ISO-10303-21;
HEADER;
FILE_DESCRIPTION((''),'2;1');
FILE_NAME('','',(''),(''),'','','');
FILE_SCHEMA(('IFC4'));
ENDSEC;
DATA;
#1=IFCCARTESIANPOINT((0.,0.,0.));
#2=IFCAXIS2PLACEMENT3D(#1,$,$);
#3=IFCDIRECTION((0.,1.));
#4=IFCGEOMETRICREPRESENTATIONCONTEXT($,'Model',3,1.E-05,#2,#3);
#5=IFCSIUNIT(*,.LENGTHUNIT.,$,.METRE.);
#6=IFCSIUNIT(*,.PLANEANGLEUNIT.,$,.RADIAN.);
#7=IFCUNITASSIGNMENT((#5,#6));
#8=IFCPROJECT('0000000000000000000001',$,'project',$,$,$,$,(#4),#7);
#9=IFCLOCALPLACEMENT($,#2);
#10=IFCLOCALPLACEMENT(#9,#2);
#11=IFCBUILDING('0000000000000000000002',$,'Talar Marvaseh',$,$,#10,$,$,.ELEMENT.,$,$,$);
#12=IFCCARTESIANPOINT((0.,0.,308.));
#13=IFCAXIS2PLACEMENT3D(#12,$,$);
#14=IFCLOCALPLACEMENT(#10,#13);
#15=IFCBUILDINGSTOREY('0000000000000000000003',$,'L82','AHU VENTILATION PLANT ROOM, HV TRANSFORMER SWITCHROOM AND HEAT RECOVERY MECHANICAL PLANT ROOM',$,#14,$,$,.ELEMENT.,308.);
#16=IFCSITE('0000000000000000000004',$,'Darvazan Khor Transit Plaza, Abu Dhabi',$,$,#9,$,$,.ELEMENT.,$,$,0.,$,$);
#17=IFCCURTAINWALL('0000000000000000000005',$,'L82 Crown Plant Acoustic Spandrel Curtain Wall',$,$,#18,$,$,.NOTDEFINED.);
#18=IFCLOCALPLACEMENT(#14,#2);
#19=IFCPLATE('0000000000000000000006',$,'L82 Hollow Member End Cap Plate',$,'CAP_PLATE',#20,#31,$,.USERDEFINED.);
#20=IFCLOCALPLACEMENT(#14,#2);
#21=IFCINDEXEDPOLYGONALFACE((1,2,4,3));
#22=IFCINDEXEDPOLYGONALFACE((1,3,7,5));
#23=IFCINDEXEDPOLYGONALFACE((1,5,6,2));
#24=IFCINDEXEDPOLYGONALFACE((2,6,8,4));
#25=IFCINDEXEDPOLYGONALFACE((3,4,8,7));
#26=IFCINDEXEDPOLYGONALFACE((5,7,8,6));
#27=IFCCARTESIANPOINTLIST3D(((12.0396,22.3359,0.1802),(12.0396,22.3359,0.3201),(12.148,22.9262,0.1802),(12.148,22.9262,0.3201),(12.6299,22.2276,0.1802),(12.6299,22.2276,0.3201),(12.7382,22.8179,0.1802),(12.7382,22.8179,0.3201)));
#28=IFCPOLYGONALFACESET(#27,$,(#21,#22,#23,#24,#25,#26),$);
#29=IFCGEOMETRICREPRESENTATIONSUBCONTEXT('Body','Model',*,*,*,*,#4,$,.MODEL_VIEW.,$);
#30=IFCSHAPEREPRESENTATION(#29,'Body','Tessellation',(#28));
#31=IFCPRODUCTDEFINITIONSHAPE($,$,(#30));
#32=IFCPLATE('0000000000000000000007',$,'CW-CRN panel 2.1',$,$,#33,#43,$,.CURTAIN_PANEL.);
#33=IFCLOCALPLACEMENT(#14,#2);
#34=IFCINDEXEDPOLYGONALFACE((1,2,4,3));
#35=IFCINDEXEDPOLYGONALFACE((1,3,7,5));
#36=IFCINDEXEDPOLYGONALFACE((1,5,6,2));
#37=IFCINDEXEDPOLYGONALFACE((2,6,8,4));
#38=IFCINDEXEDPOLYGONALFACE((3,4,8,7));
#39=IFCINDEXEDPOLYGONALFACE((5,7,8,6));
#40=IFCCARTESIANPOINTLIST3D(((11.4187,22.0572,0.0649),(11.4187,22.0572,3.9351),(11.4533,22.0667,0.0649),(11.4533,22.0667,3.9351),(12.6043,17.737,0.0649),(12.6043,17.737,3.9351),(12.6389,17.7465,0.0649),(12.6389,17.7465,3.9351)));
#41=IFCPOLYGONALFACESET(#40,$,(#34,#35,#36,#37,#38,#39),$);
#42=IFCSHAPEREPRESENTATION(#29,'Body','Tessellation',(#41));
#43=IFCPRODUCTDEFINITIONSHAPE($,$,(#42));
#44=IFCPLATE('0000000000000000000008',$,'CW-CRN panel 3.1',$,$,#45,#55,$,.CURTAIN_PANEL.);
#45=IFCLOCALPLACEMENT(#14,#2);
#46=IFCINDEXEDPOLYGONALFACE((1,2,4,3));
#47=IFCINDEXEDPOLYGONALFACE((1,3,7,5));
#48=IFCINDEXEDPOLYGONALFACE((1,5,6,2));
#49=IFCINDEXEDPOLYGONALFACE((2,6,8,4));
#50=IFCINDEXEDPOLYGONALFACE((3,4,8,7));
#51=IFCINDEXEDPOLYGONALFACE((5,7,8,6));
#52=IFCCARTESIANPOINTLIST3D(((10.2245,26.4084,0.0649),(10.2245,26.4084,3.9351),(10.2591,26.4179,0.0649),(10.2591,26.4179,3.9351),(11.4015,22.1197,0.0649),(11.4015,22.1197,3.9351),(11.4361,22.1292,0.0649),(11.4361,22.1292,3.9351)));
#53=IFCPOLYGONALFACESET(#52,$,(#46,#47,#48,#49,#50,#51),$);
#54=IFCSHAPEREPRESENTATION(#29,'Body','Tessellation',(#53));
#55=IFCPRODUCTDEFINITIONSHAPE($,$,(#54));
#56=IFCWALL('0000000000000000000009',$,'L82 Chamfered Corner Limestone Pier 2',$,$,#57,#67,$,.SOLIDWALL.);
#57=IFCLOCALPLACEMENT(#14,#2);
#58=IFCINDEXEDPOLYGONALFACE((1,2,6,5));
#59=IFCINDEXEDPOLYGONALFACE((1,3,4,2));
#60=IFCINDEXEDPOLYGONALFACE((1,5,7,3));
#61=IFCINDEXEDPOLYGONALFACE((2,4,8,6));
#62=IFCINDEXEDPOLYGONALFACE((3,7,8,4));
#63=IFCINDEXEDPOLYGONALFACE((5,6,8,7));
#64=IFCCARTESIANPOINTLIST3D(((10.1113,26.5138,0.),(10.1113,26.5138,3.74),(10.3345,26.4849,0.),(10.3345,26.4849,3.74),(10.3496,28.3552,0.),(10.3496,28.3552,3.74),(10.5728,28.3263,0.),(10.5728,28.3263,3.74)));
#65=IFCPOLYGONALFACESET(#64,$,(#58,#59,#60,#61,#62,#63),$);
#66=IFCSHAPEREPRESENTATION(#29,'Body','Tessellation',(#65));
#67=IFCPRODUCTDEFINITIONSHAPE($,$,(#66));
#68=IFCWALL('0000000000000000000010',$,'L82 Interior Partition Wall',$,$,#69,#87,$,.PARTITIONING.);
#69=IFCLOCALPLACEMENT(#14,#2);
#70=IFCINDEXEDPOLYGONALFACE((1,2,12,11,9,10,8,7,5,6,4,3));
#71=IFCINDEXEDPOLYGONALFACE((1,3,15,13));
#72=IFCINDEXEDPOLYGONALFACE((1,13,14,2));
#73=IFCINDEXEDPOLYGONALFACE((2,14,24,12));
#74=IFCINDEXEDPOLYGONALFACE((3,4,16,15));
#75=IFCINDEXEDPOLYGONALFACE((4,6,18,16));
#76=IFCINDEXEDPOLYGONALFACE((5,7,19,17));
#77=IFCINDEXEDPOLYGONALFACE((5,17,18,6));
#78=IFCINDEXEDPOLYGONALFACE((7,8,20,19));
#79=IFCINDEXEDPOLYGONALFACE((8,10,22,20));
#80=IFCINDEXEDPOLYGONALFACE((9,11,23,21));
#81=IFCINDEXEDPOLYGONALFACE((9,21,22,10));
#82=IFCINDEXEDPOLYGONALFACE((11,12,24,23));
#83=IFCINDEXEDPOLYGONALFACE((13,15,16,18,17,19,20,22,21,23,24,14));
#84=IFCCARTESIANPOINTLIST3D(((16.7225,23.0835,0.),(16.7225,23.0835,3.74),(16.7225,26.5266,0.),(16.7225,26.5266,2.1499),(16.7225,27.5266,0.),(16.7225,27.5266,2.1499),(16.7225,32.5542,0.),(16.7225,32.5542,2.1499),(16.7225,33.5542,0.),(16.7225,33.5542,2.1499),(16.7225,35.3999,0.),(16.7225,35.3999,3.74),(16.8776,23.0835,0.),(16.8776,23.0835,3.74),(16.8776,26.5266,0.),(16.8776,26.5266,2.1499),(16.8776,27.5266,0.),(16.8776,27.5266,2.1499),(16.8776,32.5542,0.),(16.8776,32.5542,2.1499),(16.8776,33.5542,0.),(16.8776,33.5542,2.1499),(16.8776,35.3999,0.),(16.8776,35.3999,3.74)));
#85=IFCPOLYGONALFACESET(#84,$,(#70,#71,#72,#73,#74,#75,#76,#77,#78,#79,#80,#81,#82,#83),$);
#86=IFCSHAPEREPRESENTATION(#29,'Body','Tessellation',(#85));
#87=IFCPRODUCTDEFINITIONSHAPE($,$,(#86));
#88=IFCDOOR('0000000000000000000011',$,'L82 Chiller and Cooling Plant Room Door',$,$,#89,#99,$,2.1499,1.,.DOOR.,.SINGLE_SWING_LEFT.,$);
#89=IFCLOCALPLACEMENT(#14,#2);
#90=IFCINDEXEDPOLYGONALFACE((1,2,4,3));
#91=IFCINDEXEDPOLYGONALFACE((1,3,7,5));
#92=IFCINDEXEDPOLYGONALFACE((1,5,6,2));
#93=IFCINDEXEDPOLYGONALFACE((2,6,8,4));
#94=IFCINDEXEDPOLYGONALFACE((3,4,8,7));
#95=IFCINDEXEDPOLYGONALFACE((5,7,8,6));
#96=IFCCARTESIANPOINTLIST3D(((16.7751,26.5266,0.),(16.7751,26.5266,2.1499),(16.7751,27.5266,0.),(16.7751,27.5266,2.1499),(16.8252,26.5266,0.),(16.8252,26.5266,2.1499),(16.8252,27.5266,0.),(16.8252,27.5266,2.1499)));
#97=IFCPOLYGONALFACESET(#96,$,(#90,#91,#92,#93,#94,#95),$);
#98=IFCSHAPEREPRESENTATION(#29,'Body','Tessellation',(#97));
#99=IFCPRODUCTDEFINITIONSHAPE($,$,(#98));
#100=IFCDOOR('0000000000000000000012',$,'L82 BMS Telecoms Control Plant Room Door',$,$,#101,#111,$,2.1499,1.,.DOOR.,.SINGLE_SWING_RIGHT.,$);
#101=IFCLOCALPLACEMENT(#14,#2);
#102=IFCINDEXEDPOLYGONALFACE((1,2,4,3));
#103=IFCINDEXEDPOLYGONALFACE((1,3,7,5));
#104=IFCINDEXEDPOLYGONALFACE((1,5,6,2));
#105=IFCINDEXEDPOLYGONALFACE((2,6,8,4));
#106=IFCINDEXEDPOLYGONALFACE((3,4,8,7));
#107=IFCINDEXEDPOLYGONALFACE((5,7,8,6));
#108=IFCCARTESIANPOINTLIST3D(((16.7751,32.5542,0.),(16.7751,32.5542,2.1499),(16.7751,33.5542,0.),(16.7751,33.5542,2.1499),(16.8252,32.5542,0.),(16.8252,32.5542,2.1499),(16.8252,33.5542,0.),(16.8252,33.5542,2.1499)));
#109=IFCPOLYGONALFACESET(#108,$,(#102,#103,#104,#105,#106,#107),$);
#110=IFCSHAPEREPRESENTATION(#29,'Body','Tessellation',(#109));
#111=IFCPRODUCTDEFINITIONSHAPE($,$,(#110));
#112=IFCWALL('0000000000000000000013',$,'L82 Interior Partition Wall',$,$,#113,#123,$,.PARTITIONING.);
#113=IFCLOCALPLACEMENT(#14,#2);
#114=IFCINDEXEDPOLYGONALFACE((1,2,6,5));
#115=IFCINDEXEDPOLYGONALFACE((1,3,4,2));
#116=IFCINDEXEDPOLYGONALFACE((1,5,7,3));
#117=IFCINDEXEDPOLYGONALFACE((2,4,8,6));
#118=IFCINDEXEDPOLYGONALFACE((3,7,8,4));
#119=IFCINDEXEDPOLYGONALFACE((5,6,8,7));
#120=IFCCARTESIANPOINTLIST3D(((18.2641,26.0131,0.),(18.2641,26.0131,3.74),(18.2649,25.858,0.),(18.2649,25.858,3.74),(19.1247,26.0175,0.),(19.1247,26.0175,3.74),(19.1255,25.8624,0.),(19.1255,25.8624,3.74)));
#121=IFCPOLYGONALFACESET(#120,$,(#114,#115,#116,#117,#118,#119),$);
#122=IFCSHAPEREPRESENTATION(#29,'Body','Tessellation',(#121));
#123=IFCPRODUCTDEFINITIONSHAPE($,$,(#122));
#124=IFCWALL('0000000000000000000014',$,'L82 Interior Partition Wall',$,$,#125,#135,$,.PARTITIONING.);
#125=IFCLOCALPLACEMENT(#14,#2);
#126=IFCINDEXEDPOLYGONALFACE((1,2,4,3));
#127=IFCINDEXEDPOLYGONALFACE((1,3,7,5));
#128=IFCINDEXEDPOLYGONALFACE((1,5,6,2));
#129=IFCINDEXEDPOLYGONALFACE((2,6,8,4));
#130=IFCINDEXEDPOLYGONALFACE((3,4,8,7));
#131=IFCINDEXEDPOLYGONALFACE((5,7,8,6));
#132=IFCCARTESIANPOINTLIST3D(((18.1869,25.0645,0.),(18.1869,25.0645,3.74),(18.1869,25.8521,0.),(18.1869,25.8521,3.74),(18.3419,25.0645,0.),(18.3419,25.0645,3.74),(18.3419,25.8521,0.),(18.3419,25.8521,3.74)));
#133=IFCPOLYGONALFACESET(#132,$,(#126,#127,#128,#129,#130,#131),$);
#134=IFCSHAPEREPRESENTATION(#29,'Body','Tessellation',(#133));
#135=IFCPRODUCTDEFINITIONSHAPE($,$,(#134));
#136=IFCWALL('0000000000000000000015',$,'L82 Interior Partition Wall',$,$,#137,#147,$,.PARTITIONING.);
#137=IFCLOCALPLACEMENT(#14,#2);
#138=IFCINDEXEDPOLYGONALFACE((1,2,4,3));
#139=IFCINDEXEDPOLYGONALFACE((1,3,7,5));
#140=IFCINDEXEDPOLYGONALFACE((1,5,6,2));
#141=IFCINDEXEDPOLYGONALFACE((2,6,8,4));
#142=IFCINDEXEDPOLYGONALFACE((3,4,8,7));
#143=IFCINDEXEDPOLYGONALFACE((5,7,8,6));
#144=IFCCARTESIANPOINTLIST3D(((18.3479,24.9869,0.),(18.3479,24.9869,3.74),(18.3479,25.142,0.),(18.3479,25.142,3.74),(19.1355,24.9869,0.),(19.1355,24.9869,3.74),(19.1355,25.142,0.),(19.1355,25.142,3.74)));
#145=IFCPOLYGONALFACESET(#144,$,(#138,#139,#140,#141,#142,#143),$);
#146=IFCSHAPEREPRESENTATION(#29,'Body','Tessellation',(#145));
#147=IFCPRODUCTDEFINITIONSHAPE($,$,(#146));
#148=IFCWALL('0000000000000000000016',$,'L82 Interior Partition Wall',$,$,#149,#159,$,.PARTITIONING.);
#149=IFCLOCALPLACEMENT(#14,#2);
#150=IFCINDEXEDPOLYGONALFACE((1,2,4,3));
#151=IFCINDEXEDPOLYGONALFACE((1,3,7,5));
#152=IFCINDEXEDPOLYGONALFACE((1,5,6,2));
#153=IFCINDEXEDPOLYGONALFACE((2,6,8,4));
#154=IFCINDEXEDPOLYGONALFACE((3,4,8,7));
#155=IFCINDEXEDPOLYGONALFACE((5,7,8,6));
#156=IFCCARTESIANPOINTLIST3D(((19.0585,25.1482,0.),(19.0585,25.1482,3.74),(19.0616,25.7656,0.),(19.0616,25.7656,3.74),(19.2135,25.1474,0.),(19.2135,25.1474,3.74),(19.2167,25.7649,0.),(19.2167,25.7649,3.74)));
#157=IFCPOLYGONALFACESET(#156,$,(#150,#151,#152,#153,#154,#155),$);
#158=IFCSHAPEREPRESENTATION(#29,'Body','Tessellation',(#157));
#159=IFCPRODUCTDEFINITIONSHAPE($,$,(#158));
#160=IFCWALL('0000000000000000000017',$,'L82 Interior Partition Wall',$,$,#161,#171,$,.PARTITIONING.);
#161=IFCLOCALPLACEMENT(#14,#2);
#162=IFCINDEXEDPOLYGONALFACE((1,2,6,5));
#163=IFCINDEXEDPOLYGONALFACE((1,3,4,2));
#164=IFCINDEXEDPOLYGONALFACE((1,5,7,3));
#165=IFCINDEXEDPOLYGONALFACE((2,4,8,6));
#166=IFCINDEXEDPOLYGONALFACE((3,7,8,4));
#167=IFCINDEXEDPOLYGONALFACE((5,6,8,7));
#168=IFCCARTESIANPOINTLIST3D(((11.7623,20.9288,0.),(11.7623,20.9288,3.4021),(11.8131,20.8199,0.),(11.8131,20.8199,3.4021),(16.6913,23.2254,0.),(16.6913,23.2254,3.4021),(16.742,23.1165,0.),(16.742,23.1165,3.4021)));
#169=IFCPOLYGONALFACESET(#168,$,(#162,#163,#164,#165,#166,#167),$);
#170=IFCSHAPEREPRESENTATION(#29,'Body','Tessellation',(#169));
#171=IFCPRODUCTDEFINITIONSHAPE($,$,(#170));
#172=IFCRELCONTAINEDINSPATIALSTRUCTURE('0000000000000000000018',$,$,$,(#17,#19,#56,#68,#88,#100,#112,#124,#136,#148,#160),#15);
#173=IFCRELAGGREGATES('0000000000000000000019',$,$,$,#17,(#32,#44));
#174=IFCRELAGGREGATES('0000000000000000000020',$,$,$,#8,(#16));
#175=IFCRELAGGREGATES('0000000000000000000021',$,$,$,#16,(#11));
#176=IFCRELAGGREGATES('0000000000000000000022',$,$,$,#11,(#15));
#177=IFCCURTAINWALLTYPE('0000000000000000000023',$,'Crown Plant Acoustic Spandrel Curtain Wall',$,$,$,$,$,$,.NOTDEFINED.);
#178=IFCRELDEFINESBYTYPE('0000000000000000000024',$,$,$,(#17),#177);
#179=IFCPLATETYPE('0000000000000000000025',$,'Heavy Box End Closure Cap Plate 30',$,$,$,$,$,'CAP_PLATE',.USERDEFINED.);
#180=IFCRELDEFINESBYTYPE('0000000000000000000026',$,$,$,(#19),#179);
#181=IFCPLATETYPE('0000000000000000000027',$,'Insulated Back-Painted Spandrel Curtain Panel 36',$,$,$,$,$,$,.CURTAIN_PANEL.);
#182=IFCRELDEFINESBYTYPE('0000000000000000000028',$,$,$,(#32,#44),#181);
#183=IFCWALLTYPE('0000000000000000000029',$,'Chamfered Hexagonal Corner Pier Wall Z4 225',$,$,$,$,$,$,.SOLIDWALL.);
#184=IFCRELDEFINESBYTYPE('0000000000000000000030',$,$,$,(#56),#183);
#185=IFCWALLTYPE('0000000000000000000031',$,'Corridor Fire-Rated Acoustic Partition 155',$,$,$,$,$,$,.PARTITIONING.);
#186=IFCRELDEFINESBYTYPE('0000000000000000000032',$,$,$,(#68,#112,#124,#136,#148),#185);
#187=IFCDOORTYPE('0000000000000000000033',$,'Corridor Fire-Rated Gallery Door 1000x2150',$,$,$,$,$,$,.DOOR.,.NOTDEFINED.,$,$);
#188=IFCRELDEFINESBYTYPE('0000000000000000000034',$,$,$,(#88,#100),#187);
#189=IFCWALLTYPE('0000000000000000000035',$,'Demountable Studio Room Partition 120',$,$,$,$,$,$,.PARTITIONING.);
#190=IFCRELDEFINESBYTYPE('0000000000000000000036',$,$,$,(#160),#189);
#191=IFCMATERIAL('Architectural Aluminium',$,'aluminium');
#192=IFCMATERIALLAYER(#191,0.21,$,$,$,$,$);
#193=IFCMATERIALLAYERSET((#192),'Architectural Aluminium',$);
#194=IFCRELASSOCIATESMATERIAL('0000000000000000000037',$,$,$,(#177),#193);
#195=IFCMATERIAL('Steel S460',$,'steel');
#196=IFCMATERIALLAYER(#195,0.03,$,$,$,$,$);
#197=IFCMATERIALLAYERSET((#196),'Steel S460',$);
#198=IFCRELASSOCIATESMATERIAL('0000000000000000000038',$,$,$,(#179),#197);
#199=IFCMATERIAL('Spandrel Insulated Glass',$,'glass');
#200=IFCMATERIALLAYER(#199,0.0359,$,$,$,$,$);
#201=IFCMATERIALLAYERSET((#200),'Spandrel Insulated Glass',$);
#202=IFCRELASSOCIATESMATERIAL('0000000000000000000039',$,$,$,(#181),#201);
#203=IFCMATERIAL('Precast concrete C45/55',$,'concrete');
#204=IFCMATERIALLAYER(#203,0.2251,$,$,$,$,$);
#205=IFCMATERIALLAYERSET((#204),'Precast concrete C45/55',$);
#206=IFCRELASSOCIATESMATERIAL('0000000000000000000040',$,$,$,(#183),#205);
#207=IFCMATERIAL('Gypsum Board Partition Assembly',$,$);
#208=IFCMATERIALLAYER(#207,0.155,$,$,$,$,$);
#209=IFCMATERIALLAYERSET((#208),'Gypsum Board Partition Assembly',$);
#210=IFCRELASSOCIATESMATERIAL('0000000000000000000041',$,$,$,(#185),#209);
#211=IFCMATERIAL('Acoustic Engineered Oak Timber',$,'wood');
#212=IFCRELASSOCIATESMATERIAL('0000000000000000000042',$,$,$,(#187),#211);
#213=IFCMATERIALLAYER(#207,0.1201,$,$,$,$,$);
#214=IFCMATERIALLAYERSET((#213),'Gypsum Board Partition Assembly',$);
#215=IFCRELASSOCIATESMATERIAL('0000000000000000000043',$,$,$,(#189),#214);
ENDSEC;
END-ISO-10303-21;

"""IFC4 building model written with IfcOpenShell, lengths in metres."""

from ifc_helpers import new_model, si_unit, direction, frame, frame_2d, origin, origin_2d, place, context, subcontext, project, spatial, rectangle, extrude, source, transform, mapped, material, layer, layer_set, type_object, type_shapes, element, fill, aggregate, save


model = new_model("IFC4")

# Units and contexts
model_context = context("Model", 3, precision=1e-05, world=origin(), true_north=direction((0.0, 1.0)))
body_context = subcontext(model_context, "Body", "Model", "MODEL_VIEW")
ifc_project = project(units=[si_unit("LENGTHUNIT", "METRE"), si_unit("PLANEANGLEUNIT", "RADIAN")], contexts=[model_context])

# Site, building, storey
site_placement = place(None, origin())
site = spatial("IfcSite", under=ifc_project, at=site_placement, Name="Darvazan Khor Transit Plaza, Abu Dhabi", CompositionType="ELEMENT", RefElevation=0.0)
building_placement = place(site_placement, origin())
building = spatial("IfcBuilding", under=site, at=building_placement, Name="Talar Marvaseh", CompositionType="ELEMENT")
storey_placement = place(building_placement, frame((0.0, 0.0, 308.0)))
storey = spatial("IfcBuildingStorey", under=building, at=storey_placement, Name="L82", Description="AHU VENTILATION PLANT ROOM, HV TRANSFORMER SWITCHROOM AND HEAT RECOVERY MECHANICAL PLANT ROOM", CompositionType="ELEMENT", Elevation=308.0)

# Shared definitions
ifc_material_1 = material(Name="Steel S460", Category="steel")

# Curtain wall
ifc_material_2 = material(Name="Architectural Aluminium", Category="aluminium")
ifc_layer_1 = layer(ifc_material_2, 0.21)
ifc_layer_set_1 = layer_set([ifc_layer_1], Name="Architectural Aluminium")
curtain_wall_type = type_object("IfcCurtainWallType", Name="Crown Plant Acoustic Spandrel Curtain Wall", PredefinedType="NOTDEFINED", material=ifc_layer_set_1)
curtain_wall_placement = place(storey_placement, origin())
curtain_wall = element("IfcCurtainWall", 1, at=curtain_wall_placement, inside=storey, type_object=curtain_wall_type, Name="L82 Crown Plant Acoustic Spandrel Curtain Wall", PredefinedType="NOTDEFINED")

# Plates
ifc_layer_2 = layer(ifc_material_1, 0.03)
ifc_layer_set_2 = layer_set([ifc_layer_2], Name="Steel S460")
plate_type_1 = type_object("IfcPlateType", Name="Heavy Box End Closure Cap Plate 30", ElementType="CAP_PLATE", PredefinedType="USERDEFINED", material=ifc_layer_set_2)
shared_shape_1 = source(origin(), body_context, "Body", "SweptSolid", [
    extrude(rectangle(XDim=0.6001, YDim=0.6001, at=origin_2d()), origin(), (0.0, 0.0, 1.0), 0.1399),
])
type_shapes(plate_type_1, [shared_shape_1])
plate_1_placement = place(storey_placement, frame((12.3889, 22.5769, 0.1802), z_axis=(0.0, 0.0, 1.0), x_axis=(0.180519, 0.983571, 0.0)))
element("IfcPlate", 2, at=plate_1_placement, inside=storey, type_object=plate_type_1, Name="L82 Hollow Member End Cap Plate", ObjectType="CAP_PLATE", PredefinedType="USERDEFINED", context=body_context, shape_type="MappedRepresentation", body=[
    mapped(shared_shape_1, transform((0.0, 0.0, 0.0), x_axis=(1.0, 0.0, 0.0), y_axis=(0.0, 1.0, 0.0), z_axis=(0.0, 0.0, 1.0), scale=1.0)),
])
ifc_material_3 = material(Name="Spandrel Insulated Glass", Category="glass")
ifc_layer_3 = layer(ifc_material_3, 0.0359)
ifc_layer_set_3 = layer_set([ifc_layer_3], Name="Spandrel Insulated Glass")
plate_type_2 = type_object("IfcPlateType", Name="Insulated Back-Painted Spandrel Curtain Panel 36", PredefinedType="CURTAIN_PANEL", material=ifc_layer_set_3)
shared_shape_2 = source(origin(), body_context, "Body", "SweptSolid", [
    extrude(rectangle(XDim=4.48, YDim=0.0359, at=origin_2d()), origin(), (0.0, 0.0, 1.0), 3.8701),
])
plate_2_placement = place(storey_placement, frame((12.0288, 19.9019, 0.0649), z_axis=(0.0, 0.0, 1.0), x_axis=(-0.264649, 0.964345, 0.0)))
plate_2 = element("IfcPlate", 3, at=plate_2_placement, type_object=plate_type_2, Name="CW-CRN panel 2.1", PredefinedType="CURTAIN_PANEL", context=body_context, shape_type="MappedRepresentation", body=[
    mapped(shared_shape_2, transform((0.0, 0.0, 0.0), x_axis=(1.0, 0.0, 0.0), y_axis=(0.0, 1.0, 0.0), z_axis=(0.0, 0.0, 1.0), scale=1.0)),
])
shared_shape_3 = source(origin(), body_context, "Body", "SweptSolid", [
    extrude(rectangle(XDim=4.4473, YDim=0.0359, at=origin_2d()), origin(), (0.0, 0.0, 1.0), 3.8701),
])
type_shapes(plate_type_2, [shared_shape_2, shared_shape_3])
plate_3_placement = place(storey_placement, frame((10.8303, 24.2688, 0.0649), z_axis=(0.0, 0.0, 1.0), x_axis=(-0.264649, 0.964345, 0.0)))
plate_3 = element("IfcPlate", 4, at=plate_3_placement, type_object=plate_type_2, Name="CW-CRN panel 3.1", PredefinedType="CURTAIN_PANEL", context=body_context, shape_type="MappedRepresentation", body=[
    mapped(shared_shape_3, transform((0.0, 0.0, 0.0), x_axis=(1.0, 0.0, 0.0), y_axis=(0.0, 1.0, 0.0), z_axis=(0.0, 0.0, 1.0), scale=1.0)),
])
aggregate(curtain_wall, [plate_2, plate_3])

# Wall
ifc_material_4 = material(Name="Precast concrete C45/55", Category="concrete")
ifc_layer_4 = layer(ifc_material_4, 0.2251)
ifc_layer_set_4 = layer_set([ifc_layer_4], Name="Precast concrete C45/55")
wall_type_1 = type_object("IfcWallType", Name="Chamfered Hexagonal Corner Pier Wall Z4 225", PredefinedType="SOLIDWALL", material=ifc_layer_set_4)
wall_1_placement = place(storey_placement, frame((10.2229, 26.4995, 0.0), z_axis=(0.0, 0.0, 1.0), x_axis=(0.128338, 0.99173, 0.0)))
element("IfcWall", 5, at=wall_1_placement, inside=storey, type_object=wall_type_1, Name="L82 Chamfered Corner Limestone Pier 2", PredefinedType="SOLIDWALL", context=body_context, shape_type="SweptSolid", body=[
    extrude(rectangle(XDim=1.8567, YDim=0.2251, at=frame_2d((0.9282, 0.0))), origin(), (0.0, 0.0, 1.0), 3.74),
])

# Wall, openings, doors
ifc_material_5 = material(Name="Gypsum Board Partition Assembly")
ifc_layer_5 = layer(ifc_material_5, 0.155)
ifc_layer_set_5 = layer_set([ifc_layer_5], Name="Gypsum Board Partition Assembly")
wall_type_2 = type_object("IfcWallType", Name="Corridor Fire-Rated Acoustic Partition 155", PredefinedType="PARTITIONING", material=ifc_layer_set_5)
wall_2_placement = place(storey_placement, frame((16.8, 23.0835, 0.0), z_axis=(0.0, 0.0, 1.0), x_axis=(0.0, 1.0, 0.0)))
wall_2 = element("IfcWall", 6, at=wall_2_placement, inside=storey, type_object=wall_type_2, Name="L82 Interior Partition Wall", PredefinedType="PARTITIONING", context=body_context, shape_type="SweptSolid", body=[
    extrude(rectangle(XDim=12.3164, YDim=0.155, at=frame_2d((6.1582, 0.0))), origin(), (0.0, 0.0, 1.0), 3.74),
])
opening_1_placement = place(wall_2_placement, frame((3.4431, 0.0, 0.0)))
opening_1 = element("IfcOpeningElement", 7, at=opening_1_placement, cuts=wall_2, PredefinedType="OPENING", context=body_context, shape_type="SweptSolid", body=[
    extrude(rectangle(XDim=1.0, YDim=2.1499, at=frame_2d((0.5, 1.075))), frame((0.0, 0.0874, 0.0), z_axis=(0.0, -1.0, 0.0), x_axis=(1.0, 0.0, 0.0)), (0.0, 0.0, 1.0), 0.175),
])
opening_2_placement = place(wall_2_placement, frame((9.4707, 0.0, 0.0)))
opening_2 = element("IfcOpeningElement", 8, at=opening_2_placement, cuts=wall_2, PredefinedType="OPENING", context=body_context, shape_type="SweptSolid", body=[
    extrude(rectangle(XDim=1.0, YDim=2.1499, at=frame_2d((0.5, 1.075))), frame((0.0, 0.0874, 0.0), z_axis=(0.0, -1.0, 0.0), x_axis=(1.0, 0.0, 0.0)), (0.0, 0.0, 1.0), 0.175),
])
ifc_material_6 = material(Name="Acoustic Engineered Oak Timber", Category="wood")
door_type_1 = type_object("IfcDoorType", Name="Corridor Fire-Rated Gallery Door 1000x2150", OperationType="NOTDEFINED", PredefinedType="DOOR", material=ifc_material_6)
shared_shape_4 = source(origin(), body_context, "Body", "SweptSolid", [
    extrude(rectangle(XDim=1.0, YDim=2.1499, at=frame_2d((0.5, 1.075))), frame((0.0, 0.0249, 0.0), z_axis=(0.0, -1.0, 0.0), x_axis=(1.0, 0.0, 0.0)), (0.0, 0.0, 1.0), 0.05),
])
type_shapes(door_type_1, [shared_shape_4])
door_1_placement = place(opening_1_placement, origin())
door_1 = element("IfcDoor", 9, at=door_1_placement, inside=storey, type_object=door_type_1, Name="L82 Chiller and Cooling Plant Room Door", OperationType="SINGLE_SWING_LEFT", OverallHeight=2.1499, OverallWidth=1.0, PredefinedType="DOOR", context=body_context, shape_type="MappedRepresentation", body=[
    mapped(shared_shape_4, transform((0.0, 0.0, 0.0), x_axis=(1.0, 0.0, 0.0), y_axis=(0.0, 1.0, 0.0), z_axis=(0.0, 0.0, 1.0), scale=1.0)),
])
fill(opening_1, door_1)
door_2_placement = place(opening_2_placement, origin())
door_2 = element("IfcDoor", 10, at=door_2_placement, inside=storey, type_object=door_type_1, Name="L82 BMS Telecoms Control Plant Room Door", OperationType="SINGLE_SWING_RIGHT", OverallHeight=2.1499, OverallWidth=1.0, PredefinedType="DOOR", context=body_context, shape_type="MappedRepresentation", body=[
    mapped(shared_shape_4, transform((0.0, 0.0, 0.0), x_axis=(1.0, 0.0, 0.0), y_axis=(0.0, 1.0, 0.0), z_axis=(0.0, 0.0, 1.0), scale=1.0)),
])
fill(opening_2, door_2)

# Walls
wall_3_placement = place(storey_placement, frame((19.125, 25.9399, 0.0), z_axis=(0.0, 0.0, 1.0), x_axis=(-0.999987, -0.005106, 0.0)))
element("IfcWall", 11, at=wall_3_placement, inside=storey, type_object=wall_type_2, Name="L82 Interior Partition Wall", PredefinedType="PARTITIONING", context=body_context, shape_type="SweptSolid", body=[
    extrude(rectangle(XDim=0.8606, YDim=0.155, at=frame_2d((0.4302, 0.0))), origin(), (0.0, 0.0, 1.0), 3.74),
])
for number, where, z_axis, x_axis, name in (
    (12, (18.2644, 25.8521, 0.0), (0.0, 0.0, 1.0), (0.0, -1.0, 0.0), "L82 Interior Partition Wall"),
    (13, (18.3479, 25.0645, 0.0), (0.0, 0.0, 1.0), (1.0, 0.0, 0.0), "L82 Interior Partition Wall"),
):
    element("IfcWall", number, at=place(storey_placement, frame(where, z_axis=z_axis, x_axis=x_axis)), inside=storey, type_object=wall_type_2, Name=name, PredefinedType="PARTITIONING", context=body_context, shape_type="SweptSolid", body=[
        extrude(rectangle(XDim=0.7876, YDim=0.155, at=frame_2d((0.3938, 0.0))), origin(), (0.0, 0.0, 1.0), 3.74),
    ])
wall_4_placement = place(storey_placement, frame((19.136, 25.1479, 0.0), z_axis=(0.0, 0.0, 1.0), x_axis=(0.00514, 0.999987, 0.0)))
element("IfcWall", 14, at=wall_4_placement, inside=storey, type_object=wall_type_2, Name="L82 Interior Partition Wall", PredefinedType="PARTITIONING", context=body_context, shape_type="SweptSolid", body=[
    extrude(rectangle(XDim=0.6174, YDim=0.155, at=frame_2d((0.3086, 0.0))), origin(), (0.0, 0.0, 1.0), 3.74),
])
ifc_layer_6 = layer(ifc_material_5, 0.1201)
ifc_layer_set_6 = layer_set([ifc_layer_6], Name="Gypsum Board Partition Assembly")
wall_type_3 = type_object("IfcWallType", Name="Demountable Studio Room Partition 120", PredefinedType="PARTITIONING", material=ifc_layer_set_6)
wall_5_placement = place(storey_placement, frame((16.7166, 23.1709, 0.0), z_axis=(0.0, 0.0, 1.0), x_axis=(-0.906433, -0.42235, 0.0)))
element("IfcWall", 15, at=wall_5_placement, inside=storey, type_object=wall_type_3, Name="L82 Interior Partition Wall", PredefinedType="PARTITIONING", context=body_context, shape_type="SweptSolid", body=[
    extrude(rectangle(XDim=5.4377, YDim=0.1201, at=frame_2d((2.7188, 0.0))), origin(), (0.0, 0.0, 1.0), 3.4021),
])

save(model, "model.ifc")
